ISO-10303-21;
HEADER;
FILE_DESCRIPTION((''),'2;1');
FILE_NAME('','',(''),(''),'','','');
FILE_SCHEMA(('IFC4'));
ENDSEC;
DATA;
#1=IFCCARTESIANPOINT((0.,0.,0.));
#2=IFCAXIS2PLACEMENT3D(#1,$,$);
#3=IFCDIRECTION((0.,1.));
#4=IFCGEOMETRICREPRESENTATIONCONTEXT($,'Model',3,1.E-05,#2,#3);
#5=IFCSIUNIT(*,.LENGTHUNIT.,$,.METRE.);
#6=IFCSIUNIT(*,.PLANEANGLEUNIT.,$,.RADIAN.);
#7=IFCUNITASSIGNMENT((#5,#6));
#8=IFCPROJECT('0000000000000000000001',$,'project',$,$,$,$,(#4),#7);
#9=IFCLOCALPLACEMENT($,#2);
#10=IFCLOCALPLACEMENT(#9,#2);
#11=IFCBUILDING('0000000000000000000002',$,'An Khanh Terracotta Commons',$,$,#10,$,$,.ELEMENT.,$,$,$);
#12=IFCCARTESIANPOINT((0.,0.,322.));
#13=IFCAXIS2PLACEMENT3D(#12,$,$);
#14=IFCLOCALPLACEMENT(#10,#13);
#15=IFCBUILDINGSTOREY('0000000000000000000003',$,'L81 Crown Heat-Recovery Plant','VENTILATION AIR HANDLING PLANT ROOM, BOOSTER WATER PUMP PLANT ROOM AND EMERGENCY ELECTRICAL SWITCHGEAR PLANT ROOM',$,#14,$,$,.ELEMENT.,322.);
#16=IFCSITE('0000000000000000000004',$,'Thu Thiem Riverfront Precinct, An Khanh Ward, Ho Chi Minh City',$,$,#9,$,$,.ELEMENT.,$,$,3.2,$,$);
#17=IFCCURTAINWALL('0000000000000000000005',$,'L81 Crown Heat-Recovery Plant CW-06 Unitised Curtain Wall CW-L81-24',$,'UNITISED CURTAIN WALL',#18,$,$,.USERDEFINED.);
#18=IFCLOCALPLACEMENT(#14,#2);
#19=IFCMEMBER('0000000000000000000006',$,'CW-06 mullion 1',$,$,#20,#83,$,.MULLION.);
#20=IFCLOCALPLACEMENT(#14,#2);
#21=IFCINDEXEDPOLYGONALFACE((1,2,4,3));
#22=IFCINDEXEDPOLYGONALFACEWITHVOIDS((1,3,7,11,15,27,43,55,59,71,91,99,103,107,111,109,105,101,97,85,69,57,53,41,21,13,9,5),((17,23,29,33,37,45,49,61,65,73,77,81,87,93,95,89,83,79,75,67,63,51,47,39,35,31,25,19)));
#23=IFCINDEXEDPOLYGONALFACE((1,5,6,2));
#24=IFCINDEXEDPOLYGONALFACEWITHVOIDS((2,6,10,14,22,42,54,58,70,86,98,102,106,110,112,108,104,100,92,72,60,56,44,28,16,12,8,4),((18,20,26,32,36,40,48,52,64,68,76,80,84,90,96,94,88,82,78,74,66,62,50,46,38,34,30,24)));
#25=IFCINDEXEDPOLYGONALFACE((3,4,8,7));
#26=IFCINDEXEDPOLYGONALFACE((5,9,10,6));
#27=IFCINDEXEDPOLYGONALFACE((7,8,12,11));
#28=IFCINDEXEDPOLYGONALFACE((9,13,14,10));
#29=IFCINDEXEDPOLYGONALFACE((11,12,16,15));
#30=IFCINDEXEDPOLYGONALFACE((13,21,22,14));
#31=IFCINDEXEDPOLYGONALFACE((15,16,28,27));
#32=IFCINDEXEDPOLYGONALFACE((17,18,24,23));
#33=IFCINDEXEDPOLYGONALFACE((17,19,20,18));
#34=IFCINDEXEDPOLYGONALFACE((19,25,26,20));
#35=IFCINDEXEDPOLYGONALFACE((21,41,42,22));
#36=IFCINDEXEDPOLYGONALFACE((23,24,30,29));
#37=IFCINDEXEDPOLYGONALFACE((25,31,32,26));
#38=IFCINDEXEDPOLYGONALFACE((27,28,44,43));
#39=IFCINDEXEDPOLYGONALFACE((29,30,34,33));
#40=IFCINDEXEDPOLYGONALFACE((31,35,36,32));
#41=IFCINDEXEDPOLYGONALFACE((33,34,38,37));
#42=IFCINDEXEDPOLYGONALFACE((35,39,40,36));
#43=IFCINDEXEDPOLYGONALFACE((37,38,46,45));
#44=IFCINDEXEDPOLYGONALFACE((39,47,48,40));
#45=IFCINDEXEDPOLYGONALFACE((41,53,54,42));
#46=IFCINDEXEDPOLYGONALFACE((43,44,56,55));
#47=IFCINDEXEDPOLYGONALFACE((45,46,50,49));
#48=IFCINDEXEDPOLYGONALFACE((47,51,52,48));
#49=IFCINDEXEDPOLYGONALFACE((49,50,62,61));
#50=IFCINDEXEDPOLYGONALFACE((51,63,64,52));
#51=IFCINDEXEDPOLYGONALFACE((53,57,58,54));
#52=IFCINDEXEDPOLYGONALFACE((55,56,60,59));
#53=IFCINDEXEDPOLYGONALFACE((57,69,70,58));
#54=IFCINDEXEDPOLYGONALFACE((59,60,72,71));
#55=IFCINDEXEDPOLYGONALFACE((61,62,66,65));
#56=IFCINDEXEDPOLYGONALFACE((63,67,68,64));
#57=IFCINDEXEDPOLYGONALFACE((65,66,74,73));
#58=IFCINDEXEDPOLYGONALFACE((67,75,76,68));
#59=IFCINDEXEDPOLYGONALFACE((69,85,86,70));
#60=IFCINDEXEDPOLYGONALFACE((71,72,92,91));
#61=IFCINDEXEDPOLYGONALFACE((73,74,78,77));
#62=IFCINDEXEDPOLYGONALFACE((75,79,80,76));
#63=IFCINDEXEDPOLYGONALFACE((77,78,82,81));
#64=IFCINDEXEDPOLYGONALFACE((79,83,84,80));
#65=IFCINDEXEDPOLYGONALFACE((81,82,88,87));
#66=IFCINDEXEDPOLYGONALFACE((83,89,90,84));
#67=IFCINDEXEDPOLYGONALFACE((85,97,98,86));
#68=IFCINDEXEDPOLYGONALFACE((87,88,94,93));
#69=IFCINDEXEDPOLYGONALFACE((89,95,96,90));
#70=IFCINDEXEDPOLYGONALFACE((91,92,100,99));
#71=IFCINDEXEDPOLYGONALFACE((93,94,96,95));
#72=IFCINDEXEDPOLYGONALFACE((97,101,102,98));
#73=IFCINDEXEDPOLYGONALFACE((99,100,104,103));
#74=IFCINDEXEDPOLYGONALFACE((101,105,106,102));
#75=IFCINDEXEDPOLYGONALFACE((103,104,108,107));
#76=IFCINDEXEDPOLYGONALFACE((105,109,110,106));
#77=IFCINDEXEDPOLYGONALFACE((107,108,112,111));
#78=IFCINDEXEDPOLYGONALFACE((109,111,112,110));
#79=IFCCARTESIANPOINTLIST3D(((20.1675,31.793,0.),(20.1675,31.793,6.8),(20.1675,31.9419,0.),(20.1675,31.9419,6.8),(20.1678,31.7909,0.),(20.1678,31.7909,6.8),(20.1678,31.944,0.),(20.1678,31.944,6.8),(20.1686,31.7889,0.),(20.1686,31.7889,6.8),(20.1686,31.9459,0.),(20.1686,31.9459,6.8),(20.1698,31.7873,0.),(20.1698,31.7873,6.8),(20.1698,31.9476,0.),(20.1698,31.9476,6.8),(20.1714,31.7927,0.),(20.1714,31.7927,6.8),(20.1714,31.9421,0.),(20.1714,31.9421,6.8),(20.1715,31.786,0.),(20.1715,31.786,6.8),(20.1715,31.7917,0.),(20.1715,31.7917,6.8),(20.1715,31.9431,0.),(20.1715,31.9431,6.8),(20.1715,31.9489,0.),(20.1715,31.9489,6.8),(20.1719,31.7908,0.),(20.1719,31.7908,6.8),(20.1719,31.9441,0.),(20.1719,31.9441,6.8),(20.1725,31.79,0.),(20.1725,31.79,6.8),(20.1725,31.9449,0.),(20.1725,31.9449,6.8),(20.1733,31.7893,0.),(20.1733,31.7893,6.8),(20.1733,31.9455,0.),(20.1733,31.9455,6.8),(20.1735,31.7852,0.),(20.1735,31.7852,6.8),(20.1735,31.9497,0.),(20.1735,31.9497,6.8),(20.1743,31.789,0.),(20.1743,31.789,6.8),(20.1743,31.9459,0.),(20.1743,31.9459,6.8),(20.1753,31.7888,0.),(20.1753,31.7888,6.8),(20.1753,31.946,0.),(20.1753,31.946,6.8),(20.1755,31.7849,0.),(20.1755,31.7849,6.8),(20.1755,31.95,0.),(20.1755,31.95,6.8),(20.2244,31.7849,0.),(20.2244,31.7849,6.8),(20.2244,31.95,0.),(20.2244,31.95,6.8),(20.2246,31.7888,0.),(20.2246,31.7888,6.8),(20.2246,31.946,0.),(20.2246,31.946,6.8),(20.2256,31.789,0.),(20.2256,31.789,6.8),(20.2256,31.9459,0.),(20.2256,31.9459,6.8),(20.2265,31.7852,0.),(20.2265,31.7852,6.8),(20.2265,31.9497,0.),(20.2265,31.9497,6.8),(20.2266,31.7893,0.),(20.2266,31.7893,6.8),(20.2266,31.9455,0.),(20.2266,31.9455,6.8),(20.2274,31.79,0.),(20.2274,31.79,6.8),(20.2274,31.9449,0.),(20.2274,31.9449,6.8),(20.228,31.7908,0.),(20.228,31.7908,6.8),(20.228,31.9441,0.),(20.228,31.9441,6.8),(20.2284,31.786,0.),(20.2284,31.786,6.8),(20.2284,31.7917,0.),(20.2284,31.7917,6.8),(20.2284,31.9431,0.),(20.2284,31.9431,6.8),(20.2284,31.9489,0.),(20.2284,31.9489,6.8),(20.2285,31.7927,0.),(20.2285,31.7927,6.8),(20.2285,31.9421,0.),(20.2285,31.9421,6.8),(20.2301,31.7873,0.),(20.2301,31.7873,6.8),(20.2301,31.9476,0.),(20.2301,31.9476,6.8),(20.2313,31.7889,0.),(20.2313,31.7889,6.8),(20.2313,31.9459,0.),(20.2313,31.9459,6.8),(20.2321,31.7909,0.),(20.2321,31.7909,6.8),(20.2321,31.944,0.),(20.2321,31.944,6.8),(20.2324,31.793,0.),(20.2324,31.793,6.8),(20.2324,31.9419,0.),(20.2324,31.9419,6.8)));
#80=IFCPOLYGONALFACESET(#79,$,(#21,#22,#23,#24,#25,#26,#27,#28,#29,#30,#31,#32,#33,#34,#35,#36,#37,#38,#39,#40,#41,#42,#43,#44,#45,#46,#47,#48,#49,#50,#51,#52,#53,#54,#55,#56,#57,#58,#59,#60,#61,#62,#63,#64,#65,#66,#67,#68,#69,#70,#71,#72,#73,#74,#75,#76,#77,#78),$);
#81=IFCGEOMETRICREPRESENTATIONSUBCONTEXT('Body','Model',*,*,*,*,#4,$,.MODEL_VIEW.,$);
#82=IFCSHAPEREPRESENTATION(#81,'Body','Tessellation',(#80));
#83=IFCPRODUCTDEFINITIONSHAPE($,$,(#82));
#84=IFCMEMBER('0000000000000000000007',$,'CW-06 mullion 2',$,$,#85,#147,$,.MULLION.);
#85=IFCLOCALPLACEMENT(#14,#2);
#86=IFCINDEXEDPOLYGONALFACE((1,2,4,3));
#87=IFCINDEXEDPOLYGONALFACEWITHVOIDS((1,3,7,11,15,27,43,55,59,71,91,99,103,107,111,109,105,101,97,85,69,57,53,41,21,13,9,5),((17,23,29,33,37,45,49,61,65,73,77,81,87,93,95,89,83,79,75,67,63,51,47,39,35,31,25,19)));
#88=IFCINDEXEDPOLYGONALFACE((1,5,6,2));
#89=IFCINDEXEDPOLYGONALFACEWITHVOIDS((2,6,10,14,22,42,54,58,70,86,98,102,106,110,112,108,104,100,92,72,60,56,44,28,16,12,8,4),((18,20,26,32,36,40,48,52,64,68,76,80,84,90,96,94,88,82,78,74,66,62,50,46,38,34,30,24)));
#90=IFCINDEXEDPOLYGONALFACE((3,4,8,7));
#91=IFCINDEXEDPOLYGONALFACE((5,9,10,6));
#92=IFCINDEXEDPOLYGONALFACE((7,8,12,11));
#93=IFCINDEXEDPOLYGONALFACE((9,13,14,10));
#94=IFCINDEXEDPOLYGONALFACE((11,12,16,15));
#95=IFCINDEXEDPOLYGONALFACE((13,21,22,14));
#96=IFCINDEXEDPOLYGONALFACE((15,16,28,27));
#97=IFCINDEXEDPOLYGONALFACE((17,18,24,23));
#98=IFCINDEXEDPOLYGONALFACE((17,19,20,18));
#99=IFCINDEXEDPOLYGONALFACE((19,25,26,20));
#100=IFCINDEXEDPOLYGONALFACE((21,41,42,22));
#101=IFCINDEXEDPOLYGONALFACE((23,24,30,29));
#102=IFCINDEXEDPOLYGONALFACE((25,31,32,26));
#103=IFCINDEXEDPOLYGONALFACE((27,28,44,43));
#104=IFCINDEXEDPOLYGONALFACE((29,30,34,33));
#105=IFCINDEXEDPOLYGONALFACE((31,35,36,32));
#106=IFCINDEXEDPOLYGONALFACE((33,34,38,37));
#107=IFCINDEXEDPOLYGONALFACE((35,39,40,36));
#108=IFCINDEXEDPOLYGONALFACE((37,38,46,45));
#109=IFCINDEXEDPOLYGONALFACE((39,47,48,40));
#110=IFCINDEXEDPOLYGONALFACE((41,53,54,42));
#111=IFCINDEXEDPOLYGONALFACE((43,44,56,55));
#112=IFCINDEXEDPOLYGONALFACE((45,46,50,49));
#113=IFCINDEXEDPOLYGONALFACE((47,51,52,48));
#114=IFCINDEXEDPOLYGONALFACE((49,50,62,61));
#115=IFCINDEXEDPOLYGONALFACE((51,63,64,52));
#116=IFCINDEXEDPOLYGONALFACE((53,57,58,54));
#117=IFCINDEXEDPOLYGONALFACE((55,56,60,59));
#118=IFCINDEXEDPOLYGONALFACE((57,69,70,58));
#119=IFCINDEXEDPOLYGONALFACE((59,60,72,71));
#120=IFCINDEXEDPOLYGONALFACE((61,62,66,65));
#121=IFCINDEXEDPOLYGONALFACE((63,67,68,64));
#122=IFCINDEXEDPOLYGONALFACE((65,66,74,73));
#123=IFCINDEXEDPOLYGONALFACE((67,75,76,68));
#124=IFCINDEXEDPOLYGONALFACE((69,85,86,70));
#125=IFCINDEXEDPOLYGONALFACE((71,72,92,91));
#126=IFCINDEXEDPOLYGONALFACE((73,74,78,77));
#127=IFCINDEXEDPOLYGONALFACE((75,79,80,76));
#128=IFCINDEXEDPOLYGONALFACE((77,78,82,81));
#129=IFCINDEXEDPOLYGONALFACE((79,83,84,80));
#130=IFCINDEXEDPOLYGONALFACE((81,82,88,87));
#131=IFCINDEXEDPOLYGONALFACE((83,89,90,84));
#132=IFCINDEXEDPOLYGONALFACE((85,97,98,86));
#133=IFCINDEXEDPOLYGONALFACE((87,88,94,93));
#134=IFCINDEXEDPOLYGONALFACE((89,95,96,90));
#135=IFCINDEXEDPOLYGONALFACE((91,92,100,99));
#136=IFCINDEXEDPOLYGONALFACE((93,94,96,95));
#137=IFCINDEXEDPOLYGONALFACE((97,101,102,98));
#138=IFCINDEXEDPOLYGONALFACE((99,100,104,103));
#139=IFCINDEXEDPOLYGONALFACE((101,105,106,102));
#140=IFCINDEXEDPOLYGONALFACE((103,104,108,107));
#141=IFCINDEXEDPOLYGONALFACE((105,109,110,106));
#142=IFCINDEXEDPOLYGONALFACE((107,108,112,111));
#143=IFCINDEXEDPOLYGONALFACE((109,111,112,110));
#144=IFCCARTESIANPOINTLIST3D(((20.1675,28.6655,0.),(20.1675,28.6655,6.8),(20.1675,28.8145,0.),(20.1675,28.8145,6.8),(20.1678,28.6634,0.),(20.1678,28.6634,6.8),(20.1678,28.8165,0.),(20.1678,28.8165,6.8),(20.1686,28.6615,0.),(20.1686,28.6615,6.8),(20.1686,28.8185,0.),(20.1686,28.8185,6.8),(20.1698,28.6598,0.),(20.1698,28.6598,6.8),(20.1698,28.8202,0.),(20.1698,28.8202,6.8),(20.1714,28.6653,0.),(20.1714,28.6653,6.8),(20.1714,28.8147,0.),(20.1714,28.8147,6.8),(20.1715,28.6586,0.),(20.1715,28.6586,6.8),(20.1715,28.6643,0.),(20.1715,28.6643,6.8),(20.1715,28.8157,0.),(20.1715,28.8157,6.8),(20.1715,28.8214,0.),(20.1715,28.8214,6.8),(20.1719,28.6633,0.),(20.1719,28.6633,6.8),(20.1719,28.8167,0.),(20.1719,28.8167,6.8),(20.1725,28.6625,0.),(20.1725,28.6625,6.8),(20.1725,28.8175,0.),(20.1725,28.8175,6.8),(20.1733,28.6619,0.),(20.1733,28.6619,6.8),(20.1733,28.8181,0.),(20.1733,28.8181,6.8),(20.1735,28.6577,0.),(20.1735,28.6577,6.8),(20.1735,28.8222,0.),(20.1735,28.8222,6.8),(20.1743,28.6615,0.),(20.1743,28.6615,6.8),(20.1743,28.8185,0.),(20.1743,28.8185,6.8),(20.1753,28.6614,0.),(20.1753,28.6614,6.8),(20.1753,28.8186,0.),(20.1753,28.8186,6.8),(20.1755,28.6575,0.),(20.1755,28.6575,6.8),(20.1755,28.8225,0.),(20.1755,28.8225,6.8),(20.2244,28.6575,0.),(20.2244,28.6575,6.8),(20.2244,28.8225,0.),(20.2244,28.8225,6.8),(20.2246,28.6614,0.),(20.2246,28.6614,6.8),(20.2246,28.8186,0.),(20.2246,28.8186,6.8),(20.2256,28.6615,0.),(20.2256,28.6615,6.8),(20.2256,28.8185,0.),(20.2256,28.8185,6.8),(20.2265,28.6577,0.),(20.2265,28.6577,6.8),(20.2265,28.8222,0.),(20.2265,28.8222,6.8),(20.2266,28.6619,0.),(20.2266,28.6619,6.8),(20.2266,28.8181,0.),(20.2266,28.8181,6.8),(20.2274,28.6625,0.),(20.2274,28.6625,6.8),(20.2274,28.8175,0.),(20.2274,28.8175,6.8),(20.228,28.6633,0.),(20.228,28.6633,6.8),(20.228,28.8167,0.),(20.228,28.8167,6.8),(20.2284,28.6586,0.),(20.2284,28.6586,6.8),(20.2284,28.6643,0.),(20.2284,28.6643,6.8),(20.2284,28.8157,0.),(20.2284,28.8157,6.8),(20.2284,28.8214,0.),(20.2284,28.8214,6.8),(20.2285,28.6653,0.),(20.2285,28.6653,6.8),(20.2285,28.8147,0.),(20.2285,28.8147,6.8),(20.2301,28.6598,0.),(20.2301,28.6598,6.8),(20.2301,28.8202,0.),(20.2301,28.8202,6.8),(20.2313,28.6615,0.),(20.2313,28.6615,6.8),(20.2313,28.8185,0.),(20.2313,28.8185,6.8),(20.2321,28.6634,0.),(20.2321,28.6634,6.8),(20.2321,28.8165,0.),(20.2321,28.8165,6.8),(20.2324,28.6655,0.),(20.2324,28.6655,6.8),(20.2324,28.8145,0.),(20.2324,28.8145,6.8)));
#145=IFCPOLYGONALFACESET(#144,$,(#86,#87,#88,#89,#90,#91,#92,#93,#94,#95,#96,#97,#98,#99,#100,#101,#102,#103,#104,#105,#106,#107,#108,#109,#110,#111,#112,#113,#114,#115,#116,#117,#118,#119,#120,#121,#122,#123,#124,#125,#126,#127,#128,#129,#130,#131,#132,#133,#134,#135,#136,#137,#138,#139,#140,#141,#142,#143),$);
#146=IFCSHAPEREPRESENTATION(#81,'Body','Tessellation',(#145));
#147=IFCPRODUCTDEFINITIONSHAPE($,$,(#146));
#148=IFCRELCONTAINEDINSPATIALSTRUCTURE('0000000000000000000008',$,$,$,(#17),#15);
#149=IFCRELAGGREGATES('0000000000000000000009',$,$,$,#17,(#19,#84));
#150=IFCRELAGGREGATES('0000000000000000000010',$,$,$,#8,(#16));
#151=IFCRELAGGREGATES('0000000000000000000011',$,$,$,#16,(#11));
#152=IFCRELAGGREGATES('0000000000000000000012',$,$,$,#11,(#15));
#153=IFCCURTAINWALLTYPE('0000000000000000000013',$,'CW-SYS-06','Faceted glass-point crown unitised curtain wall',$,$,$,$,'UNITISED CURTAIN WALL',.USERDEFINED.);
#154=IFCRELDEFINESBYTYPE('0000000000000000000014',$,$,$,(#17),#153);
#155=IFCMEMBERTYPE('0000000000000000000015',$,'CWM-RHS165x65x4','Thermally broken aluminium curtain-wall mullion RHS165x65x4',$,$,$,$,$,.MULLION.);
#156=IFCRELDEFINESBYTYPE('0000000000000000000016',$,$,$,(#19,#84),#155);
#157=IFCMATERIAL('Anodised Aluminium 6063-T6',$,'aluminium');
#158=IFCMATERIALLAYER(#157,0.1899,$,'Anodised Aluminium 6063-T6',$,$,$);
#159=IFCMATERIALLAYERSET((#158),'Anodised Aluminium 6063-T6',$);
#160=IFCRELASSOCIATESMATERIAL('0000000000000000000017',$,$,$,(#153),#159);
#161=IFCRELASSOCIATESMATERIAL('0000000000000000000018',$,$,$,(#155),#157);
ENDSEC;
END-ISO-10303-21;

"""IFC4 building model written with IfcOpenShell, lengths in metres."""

from ifc_helpers import new_model, si_unit, direction, frame, origin, origin_2d, place, context, subcontext, project, spatial, hollow_rectangle, extrude, material, layer, layer_set, material_profile, profile_set, type_object, element, aggregate, save


model = new_model("IFC4")

# Units and contexts
model_context = context("Model", 3, precision=1e-05, world=origin(), true_north=direction((0.0, 1.0)))
body_context = subcontext(model_context, "Body", "Model", "MODEL_VIEW")
ifc_project = project(units=[si_unit("LENGTHUNIT", "METRE"), si_unit("PLANEANGLEUNIT", "RADIAN")], contexts=[model_context])

# Site, building, storey
site_placement = place(None, origin())
site = spatial("IfcSite", under=ifc_project, at=site_placement, Name="Thu Thiem Riverfront Precinct, An Khanh Ward, Ho Chi Minh City", CompositionType="ELEMENT", RefElevation=3.2)
building_placement = place(site_placement, origin())
building = spatial("IfcBuilding", under=site, at=building_placement, Name="An Khanh Terracotta Commons", CompositionType="ELEMENT")
storey_placement = place(building_placement, frame((0.0, 0.0, 322.0)))
storey = spatial("IfcBuildingStorey", under=building, at=storey_placement, Name="L81 Crown Heat-Recovery Plant", Description="VENTILATION AIR HANDLING PLANT ROOM, BOOSTER WATER PUMP PLANT ROOM AND EMERGENCY ELECTRICAL SWITCHGEAR PLANT ROOM", CompositionType="ELEMENT", Elevation=322.0)

# Shared definitions
ifc_material_1 = material(Name="Anodised Aluminium 6063-T6", Category="aluminium")
ifc_layer_1 = layer(ifc_material_1, 0.1899, Name="Anodised Aluminium 6063-T6")
ifc_layer_set_1 = layer_set([ifc_layer_1], Name="Anodised Aluminium 6063-T6")
curtain_wall_type = type_object("IfcCurtainWallType", Name="CW-SYS-06", Description="Faceted glass-point crown unitised curtain wall", ElementType="UNITISED CURTAIN WALL", PredefinedType="USERDEFINED", material=ifc_layer_set_1)
ifc_material_profile_1 = material_profile(ifc_material_1, hollow_rectangle(XDim=0.0649, YDim=0.165, WallThickness=0.0039, InnerFilletRadius=0.0039, OuterFilletRadius=0.0081, at=origin_2d()), Name="RHS165x65x4")
ifc_profile_set_1 = profile_set([ifc_material_profile_1], Name="Anodised Aluminium 6063-T6")
member_type_1 = type_object("IfcMemberType", Name="CWM-RHS165x65x4", Description="Thermally broken aluminium curtain-wall mullion RHS165x65x4", PredefinedType="MULLION", material=ifc_profile_set_1)

# Curtain wall, members
curtain_wall_1_placement = place(storey_placement, origin())
curtain_wall_1 = element("IfcCurtainWall", 1, at=curtain_wall_1_placement, inside=storey, type_object=curtain_wall_type, Name="L81 Crown Heat-Recovery Plant CW-06 Unitised Curtain Wall CW-L81-24", ObjectType="UNITISED CURTAIN WALL", PredefinedType="USERDEFINED")
member_1_placement = place(storey_placement, frame((20.2, 31.8674, 0.0), z_axis=(0.0, 0.0, 1.0), x_axis=(1.0, 0.0, 0.0)))
member_1 = element("IfcMember", 2, at=member_1_placement, type_object=member_type_1, Name="CW-06 mullion 1", PredefinedType="MULLION", context=body_context, shape_type="SweptSolid", body=[
    extrude(hollow_rectangle(XDim=0.0649, YDim=0.165, WallThickness=0.0039, InnerFilletRadius=0.0039, OuterFilletRadius=0.0081, at=origin_2d()), origin(), (0.0, 0.0, 1.0), 6.8),
])
member_2_placement = place(storey_placement, frame((20.2, 28.74, 0.0), z_axis=(0.0, 0.0, 1.0), x_axis=(1.0, 0.0, 0.0)))
member_2 = element("IfcMember", 3, at=member_2_placement, type_object=member_type_1, Name="CW-06 mullion 2", PredefinedType="MULLION", context=body_context, shape_type="SweptSolid", body=[
    extrude(hollow_rectangle(XDim=0.0649, YDim=0.165, WallThickness=0.0039, InnerFilletRadius=0.0039, OuterFilletRadius=0.0081, at=origin_2d()), origin(), (0.0, 0.0, 1.0), 6.8),
])

aggregate(curtain_wall_1, [member_1, member_2])

save(model, "model.ifc")
